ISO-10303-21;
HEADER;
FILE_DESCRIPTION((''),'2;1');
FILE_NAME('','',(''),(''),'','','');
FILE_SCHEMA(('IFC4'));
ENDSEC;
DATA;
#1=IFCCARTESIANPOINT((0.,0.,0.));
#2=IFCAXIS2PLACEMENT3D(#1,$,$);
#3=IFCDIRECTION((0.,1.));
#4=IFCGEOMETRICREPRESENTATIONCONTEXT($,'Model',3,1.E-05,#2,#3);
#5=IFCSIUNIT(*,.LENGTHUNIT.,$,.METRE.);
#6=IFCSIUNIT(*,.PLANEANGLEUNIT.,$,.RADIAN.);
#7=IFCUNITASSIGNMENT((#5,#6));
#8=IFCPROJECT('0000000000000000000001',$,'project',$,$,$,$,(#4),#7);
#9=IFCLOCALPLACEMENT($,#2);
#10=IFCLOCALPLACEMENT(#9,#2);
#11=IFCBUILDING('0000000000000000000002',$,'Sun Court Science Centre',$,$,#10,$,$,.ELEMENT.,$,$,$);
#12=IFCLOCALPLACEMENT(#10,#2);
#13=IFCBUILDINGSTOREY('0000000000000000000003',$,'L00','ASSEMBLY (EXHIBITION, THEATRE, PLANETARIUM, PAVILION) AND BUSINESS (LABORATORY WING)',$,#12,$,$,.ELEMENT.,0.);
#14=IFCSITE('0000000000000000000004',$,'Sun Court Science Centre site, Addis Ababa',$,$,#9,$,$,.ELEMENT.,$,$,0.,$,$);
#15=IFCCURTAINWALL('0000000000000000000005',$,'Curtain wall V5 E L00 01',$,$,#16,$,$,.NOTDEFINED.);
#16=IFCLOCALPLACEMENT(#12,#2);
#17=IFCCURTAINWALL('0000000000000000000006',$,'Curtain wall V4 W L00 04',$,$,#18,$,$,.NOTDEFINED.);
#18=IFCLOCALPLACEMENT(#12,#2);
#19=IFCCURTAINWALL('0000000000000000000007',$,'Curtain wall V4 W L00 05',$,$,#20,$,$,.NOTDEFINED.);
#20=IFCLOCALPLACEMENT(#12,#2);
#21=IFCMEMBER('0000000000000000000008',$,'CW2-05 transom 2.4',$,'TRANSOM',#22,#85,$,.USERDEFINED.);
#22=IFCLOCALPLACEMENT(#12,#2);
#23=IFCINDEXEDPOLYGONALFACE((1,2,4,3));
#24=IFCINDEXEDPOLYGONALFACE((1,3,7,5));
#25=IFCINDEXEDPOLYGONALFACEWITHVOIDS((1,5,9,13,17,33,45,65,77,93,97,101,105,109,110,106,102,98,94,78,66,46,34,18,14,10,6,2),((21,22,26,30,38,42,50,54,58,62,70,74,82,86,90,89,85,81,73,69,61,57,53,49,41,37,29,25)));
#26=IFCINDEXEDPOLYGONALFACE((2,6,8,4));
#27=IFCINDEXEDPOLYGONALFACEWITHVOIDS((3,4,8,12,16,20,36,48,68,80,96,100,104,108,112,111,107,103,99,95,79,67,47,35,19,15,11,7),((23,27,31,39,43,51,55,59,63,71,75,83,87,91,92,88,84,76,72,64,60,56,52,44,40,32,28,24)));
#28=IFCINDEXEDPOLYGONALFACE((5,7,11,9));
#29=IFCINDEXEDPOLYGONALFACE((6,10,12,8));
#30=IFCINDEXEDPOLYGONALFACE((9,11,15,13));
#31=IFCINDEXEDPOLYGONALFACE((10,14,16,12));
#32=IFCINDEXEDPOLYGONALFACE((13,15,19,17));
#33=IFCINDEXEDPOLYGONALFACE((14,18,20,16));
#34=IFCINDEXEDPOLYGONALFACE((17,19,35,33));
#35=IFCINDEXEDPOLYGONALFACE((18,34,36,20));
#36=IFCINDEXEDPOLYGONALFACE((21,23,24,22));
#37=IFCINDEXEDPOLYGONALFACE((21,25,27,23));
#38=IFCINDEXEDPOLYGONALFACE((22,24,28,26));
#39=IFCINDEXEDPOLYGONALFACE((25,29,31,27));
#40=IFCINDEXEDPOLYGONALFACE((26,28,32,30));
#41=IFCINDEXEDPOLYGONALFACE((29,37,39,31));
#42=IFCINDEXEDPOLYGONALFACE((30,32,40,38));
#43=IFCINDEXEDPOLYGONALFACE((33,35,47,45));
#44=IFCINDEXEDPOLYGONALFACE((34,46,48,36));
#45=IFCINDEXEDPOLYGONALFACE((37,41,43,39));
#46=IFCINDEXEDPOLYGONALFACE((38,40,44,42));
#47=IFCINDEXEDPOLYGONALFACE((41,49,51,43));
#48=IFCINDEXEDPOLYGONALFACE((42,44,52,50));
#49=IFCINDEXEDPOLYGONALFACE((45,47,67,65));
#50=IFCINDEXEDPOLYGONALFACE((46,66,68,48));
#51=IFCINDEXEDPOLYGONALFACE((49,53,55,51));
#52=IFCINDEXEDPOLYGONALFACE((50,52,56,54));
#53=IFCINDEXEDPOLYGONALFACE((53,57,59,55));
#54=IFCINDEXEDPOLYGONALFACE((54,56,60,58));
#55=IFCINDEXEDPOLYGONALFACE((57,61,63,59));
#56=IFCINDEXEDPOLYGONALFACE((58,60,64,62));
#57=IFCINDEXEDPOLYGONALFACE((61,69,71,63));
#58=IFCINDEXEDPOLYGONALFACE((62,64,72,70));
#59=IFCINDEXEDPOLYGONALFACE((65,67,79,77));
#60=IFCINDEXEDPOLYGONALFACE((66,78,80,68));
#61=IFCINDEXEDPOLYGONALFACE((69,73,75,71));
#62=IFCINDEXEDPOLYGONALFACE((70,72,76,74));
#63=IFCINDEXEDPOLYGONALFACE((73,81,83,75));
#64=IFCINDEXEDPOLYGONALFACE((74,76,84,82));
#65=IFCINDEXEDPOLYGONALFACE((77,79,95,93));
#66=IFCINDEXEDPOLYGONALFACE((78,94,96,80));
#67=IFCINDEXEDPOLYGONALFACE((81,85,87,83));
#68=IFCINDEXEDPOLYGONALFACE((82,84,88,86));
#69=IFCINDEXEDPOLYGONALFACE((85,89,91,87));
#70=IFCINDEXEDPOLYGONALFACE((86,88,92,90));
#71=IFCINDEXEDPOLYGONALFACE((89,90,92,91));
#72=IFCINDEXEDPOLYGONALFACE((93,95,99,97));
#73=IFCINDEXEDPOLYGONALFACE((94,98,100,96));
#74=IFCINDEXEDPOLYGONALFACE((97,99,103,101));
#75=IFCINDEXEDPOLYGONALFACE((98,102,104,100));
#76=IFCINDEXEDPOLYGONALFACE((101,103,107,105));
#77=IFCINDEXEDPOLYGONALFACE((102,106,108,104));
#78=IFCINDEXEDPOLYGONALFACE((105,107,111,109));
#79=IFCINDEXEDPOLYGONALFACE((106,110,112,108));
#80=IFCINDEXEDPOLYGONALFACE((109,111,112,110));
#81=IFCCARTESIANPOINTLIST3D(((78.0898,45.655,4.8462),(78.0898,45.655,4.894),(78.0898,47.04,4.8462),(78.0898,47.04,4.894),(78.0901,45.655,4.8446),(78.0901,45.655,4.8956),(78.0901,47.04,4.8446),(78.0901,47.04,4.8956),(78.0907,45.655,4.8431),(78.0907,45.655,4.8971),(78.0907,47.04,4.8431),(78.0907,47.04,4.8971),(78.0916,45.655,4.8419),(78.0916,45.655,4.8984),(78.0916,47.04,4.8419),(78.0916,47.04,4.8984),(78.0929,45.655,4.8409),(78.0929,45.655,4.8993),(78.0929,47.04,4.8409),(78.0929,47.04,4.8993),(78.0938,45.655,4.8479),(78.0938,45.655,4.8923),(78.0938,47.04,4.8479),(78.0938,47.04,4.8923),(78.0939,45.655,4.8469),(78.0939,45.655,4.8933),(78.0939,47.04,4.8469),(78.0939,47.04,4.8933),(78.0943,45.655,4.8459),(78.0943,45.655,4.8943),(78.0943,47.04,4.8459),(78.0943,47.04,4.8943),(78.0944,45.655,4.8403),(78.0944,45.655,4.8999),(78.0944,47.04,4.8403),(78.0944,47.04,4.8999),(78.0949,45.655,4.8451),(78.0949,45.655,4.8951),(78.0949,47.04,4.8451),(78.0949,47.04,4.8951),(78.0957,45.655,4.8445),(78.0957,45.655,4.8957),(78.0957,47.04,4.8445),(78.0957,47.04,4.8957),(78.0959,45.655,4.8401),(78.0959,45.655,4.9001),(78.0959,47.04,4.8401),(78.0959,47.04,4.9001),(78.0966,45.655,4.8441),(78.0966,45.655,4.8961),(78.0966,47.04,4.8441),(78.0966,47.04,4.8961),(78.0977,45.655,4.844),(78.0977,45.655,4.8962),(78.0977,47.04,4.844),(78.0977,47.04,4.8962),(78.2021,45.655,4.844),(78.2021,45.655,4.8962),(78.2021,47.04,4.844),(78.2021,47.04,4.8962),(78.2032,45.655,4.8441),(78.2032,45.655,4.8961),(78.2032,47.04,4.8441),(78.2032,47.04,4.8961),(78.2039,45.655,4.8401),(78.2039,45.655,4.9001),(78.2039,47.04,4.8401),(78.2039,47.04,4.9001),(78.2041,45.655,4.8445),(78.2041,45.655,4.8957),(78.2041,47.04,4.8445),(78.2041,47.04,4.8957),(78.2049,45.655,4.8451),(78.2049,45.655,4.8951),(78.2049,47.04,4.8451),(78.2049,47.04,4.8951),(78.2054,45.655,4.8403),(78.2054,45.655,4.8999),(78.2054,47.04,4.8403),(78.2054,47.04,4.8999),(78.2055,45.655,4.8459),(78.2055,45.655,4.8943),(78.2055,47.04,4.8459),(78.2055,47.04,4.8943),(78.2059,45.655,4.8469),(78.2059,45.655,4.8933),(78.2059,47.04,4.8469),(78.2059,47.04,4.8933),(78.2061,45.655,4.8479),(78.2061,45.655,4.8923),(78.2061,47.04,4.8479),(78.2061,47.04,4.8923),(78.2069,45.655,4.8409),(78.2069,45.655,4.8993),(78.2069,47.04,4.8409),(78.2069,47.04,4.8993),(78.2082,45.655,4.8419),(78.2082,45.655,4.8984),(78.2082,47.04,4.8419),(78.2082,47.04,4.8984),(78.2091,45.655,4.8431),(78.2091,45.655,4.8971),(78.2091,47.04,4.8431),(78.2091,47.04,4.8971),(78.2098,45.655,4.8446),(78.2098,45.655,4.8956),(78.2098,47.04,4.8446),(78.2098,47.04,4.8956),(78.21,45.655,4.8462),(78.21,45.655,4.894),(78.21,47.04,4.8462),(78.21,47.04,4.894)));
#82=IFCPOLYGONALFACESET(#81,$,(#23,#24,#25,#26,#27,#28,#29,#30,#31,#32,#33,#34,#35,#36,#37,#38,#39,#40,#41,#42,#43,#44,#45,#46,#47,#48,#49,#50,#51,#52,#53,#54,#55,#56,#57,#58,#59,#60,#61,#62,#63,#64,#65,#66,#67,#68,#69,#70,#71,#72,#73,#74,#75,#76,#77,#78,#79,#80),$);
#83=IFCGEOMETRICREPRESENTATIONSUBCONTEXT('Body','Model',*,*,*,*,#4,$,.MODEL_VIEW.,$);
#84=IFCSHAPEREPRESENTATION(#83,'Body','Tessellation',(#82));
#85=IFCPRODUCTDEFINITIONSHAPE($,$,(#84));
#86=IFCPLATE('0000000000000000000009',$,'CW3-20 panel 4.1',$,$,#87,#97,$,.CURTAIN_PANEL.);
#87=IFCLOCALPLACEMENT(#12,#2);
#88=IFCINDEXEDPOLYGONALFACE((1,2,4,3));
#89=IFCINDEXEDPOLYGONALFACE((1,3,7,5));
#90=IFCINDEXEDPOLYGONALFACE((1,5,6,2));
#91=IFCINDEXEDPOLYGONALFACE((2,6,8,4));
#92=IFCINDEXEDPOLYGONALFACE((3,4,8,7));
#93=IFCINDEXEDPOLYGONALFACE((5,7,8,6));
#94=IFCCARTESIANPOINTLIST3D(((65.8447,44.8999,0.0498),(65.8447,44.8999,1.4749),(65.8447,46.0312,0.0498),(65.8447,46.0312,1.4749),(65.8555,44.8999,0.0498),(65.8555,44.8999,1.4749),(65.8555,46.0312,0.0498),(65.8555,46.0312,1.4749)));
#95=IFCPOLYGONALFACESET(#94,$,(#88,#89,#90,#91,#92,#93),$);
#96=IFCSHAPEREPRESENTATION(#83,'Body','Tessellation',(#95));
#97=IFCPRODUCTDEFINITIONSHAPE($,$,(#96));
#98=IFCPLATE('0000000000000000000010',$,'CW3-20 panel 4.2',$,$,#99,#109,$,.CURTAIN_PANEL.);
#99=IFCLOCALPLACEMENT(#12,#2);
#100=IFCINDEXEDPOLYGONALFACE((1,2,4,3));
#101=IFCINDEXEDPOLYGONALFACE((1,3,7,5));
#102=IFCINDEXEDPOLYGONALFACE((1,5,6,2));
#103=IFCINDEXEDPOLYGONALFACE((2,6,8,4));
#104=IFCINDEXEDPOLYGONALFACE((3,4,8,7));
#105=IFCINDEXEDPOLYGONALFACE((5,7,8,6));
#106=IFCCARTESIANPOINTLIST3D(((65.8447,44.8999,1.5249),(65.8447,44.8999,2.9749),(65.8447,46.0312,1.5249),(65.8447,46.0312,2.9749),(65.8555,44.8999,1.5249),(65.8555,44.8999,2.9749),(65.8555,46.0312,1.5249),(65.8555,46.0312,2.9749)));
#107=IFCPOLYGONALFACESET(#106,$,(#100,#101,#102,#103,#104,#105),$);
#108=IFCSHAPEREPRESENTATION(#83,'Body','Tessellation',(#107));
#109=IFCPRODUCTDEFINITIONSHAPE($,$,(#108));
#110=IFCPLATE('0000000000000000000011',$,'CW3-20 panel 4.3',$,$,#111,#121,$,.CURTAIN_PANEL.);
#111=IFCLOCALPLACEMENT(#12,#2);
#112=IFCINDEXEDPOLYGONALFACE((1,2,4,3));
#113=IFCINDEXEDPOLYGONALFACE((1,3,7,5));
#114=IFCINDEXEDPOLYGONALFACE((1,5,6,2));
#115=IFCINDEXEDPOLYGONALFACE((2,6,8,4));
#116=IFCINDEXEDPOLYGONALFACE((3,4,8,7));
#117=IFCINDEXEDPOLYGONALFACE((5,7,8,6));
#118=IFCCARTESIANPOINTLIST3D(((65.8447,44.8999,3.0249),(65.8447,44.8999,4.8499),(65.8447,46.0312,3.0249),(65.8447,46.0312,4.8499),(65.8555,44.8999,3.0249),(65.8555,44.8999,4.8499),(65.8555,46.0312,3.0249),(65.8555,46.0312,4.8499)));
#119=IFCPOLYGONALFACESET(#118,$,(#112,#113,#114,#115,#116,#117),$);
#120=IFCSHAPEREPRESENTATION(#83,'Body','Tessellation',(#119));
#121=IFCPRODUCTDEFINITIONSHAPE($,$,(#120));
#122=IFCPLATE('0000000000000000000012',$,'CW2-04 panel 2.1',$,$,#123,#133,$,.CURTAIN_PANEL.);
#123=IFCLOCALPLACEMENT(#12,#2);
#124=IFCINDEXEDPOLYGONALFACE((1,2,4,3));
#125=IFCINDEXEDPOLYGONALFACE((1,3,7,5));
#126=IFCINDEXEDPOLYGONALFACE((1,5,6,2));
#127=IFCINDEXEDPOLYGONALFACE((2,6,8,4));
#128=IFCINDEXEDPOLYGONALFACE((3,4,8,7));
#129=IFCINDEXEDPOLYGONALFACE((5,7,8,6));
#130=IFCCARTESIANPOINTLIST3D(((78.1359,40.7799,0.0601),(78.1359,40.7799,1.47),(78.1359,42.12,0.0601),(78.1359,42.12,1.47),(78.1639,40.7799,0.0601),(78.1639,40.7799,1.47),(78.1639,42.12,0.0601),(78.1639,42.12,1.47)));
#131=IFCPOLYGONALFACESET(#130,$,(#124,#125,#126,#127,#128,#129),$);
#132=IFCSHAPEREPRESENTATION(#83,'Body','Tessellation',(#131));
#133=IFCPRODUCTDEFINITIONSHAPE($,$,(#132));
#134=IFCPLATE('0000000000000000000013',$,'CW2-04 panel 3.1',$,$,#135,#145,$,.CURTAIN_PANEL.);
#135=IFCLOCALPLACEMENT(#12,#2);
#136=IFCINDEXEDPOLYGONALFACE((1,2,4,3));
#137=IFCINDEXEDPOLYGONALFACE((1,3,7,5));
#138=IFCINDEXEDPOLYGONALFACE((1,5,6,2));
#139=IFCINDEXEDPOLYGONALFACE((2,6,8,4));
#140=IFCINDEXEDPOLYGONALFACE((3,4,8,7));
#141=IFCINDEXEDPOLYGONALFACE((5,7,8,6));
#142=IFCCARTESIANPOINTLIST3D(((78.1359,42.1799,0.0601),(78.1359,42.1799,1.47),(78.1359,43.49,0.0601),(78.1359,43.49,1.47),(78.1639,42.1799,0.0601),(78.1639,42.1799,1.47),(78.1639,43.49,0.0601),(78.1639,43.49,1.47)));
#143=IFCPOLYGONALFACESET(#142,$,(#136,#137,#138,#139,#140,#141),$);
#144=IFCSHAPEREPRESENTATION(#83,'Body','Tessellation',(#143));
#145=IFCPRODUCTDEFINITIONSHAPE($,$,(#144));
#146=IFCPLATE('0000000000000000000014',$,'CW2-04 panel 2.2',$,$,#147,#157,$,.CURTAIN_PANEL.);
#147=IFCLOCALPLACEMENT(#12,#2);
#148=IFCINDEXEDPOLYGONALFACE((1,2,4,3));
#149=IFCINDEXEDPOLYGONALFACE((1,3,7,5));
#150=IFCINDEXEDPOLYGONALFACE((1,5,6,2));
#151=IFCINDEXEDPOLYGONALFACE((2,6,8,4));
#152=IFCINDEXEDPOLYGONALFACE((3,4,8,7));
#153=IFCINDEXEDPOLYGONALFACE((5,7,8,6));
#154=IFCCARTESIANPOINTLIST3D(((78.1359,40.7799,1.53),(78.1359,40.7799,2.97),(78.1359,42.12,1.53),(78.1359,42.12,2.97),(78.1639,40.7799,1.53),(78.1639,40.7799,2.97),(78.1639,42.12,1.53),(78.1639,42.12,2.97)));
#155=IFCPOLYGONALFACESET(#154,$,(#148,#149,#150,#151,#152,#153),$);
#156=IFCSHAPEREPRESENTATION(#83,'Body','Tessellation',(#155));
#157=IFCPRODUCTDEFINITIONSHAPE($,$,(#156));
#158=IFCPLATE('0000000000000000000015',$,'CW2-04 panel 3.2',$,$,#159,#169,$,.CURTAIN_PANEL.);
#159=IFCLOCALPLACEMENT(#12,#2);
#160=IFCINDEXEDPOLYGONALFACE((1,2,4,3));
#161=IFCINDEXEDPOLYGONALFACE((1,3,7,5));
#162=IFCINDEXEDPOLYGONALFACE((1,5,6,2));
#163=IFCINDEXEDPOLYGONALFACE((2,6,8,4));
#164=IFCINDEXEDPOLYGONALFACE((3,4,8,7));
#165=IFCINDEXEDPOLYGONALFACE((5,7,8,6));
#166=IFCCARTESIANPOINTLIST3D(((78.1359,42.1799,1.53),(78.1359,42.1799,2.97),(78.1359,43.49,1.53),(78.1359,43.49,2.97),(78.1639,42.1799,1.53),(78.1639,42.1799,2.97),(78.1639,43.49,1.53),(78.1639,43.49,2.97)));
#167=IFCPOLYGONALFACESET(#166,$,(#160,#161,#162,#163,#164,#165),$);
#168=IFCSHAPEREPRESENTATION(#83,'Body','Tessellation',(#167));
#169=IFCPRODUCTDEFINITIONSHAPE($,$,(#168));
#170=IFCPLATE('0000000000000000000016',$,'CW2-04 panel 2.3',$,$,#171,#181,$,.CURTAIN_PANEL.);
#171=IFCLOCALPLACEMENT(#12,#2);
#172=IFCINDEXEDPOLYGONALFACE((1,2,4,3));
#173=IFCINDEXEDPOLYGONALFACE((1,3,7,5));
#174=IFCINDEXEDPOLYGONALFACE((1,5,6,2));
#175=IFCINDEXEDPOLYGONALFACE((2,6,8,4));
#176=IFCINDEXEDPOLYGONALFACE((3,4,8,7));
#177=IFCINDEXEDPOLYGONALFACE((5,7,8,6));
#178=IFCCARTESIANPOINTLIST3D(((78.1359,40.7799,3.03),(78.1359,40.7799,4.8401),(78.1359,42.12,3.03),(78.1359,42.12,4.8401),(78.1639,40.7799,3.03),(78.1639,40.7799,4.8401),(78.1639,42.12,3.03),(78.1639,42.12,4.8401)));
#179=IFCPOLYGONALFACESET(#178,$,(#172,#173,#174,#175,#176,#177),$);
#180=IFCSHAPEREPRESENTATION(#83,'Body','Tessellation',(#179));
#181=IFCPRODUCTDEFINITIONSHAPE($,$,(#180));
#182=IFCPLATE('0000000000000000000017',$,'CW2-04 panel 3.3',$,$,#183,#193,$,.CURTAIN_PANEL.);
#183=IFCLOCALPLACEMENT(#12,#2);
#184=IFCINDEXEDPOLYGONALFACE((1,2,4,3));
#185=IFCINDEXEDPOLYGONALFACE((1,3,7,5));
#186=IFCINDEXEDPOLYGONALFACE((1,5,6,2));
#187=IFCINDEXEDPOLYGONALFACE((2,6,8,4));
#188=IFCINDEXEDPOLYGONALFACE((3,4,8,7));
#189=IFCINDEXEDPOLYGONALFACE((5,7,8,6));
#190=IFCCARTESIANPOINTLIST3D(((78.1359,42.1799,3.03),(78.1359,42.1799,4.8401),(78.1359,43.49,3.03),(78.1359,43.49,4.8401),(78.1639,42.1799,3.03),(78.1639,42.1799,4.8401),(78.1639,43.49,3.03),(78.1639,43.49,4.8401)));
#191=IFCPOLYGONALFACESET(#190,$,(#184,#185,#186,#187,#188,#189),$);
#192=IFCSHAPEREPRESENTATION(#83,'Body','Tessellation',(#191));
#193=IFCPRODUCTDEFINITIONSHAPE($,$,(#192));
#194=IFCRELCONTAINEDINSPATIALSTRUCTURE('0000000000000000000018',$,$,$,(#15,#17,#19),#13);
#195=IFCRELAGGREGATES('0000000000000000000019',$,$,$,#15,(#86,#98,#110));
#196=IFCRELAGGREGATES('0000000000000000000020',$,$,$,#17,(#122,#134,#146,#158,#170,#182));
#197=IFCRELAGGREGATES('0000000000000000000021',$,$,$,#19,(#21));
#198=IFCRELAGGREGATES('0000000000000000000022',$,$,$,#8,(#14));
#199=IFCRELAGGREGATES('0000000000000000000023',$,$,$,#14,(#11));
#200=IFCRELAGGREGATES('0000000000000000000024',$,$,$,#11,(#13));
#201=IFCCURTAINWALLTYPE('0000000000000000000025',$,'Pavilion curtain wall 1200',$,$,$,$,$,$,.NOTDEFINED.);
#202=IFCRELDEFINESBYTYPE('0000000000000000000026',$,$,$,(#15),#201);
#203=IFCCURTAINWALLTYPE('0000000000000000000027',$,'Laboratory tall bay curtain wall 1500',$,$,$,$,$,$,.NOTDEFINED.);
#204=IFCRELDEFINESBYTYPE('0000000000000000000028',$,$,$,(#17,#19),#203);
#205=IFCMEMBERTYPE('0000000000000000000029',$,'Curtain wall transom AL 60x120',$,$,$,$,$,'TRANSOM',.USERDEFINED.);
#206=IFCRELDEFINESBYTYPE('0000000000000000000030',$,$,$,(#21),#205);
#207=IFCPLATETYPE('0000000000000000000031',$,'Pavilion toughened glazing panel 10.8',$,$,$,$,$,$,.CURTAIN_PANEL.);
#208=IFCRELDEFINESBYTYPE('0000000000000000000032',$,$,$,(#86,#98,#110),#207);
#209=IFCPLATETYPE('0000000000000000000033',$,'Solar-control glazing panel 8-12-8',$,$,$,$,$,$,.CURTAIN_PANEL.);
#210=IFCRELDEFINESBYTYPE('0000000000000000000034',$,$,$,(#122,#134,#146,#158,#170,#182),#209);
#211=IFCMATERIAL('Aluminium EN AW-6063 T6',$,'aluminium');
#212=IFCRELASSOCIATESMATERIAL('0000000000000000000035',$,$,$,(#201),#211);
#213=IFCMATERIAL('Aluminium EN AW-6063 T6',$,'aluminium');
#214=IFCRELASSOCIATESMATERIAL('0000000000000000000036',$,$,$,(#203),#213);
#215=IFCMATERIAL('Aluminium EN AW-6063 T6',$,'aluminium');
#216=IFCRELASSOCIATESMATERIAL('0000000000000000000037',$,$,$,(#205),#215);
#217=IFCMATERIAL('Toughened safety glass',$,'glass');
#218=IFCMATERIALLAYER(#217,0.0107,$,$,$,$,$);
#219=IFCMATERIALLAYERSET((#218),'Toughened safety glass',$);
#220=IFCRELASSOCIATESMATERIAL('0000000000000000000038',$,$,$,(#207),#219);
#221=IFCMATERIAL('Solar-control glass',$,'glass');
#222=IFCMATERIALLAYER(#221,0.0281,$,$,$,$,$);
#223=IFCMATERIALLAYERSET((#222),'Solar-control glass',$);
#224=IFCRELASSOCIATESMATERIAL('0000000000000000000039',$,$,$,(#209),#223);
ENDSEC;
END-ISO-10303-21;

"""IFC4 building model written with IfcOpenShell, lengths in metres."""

from ifc_helpers import new_model, si_unit, direction, frame, origin, origin_2d, place, context, subcontext, project, spatial, rectangle, hollow_rectangle, extrude, material, layer, layer_set, material_profile, profile_set, type_object, element, aggregate, save


model = new_model("IFC4")

# Units and contexts
model_context = context("Model", 3, precision=1e-05, world=origin(), true_north=direction((0.0, 1.0)))
body_context = subcontext(model_context, "Body", "Model", "MODEL_VIEW")
ifc_project = project(units=[si_unit("LENGTHUNIT", "METRE"), si_unit("PLANEANGLEUNIT", "RADIAN")], contexts=[model_context])

# Site, building, storey
site_placement = place(None, origin())
site = spatial("IfcSite", under=ifc_project, at=site_placement, Name="Sun Court Science Centre site, Addis Ababa", CompositionType="ELEMENT", RefElevation=0.0)
building_placement = place(site_placement, origin())
building = spatial("IfcBuilding", under=site, at=building_placement, Name="Sun Court Science Centre", CompositionType="ELEMENT")
storey_placement = place(building_placement, origin())
storey = spatial("IfcBuildingStorey", under=building, at=storey_placement, Name="L00", Description="ASSEMBLY (EXHIBITION, THEATRE, PLANETARIUM, PAVILION) AND BUSINESS (LABORATORY WING)", CompositionType="ELEMENT", Elevation=0.0)

# Curtain wall
ifc_material_1 = material(Name="Aluminium EN AW-6063 T6", Category="aluminium")
curtain_wall_type_1 = type_object("IfcCurtainWallType", Name="Pavilion curtain wall 1200", PredefinedType="NOTDEFINED", material=ifc_material_1)
curtain_wall_1_placement = place(storey_placement, origin())
curtain_wall_1 = element("IfcCurtainWall", 1, at=curtain_wall_1_placement, inside=storey, type_object=curtain_wall_type_1, Name="Curtain wall V5 E L00 01", PredefinedType="NOTDEFINED")

# Curtain walls
ifc_material_2 = material(Name="Aluminium EN AW-6063 T6", Category="aluminium")
curtain_wall_type_2 = type_object("IfcCurtainWallType", Name="Laboratory tall bay curtain wall 1500", PredefinedType="NOTDEFINED", material=ifc_material_2)
curtain_wall_2_placement = place(storey_placement, origin())
curtain_wall_2 = element("IfcCurtainWall", 2, at=curtain_wall_2_placement, inside=storey, type_object=curtain_wall_type_2, Name="Curtain wall V4 W L00 04", PredefinedType="NOTDEFINED")
curtain_wall_3_placement = place(storey_placement, origin())
curtain_wall_3 = element("IfcCurtainWall", 3, at=curtain_wall_3_placement, inside=storey, type_object=curtain_wall_type_2, Name="Curtain wall V4 W L00 05", PredefinedType="NOTDEFINED")

# Member
ifc_material_3 = material(Name="Aluminium EN AW-6063 T6", Category="aluminium")
ifc_material_profile_1 = material_profile(ifc_material_3, hollow_rectangle(XDim=0.0601, YDim=0.1201, WallThickness=0.0039, InnerFilletRadius=0.0039, OuterFilletRadius=0.0061, at=origin_2d()), Name="AL 60x120x4")
ifc_profile_set_1 = profile_set([ifc_material_profile_1], Name="Aluminium EN AW-6063 T6")
member_type_1 = type_object("IfcMemberType", Name="Curtain wall transom AL 60x120", ElementType="TRANSOM", PredefinedType="USERDEFINED", material=ifc_profile_set_1)
member_1_placement = place(storey_placement, frame((78.1499, 45.655, 4.8701), z_axis=(0.0, 1.0, 0.0), x_axis=(0.0, 0.0, 1.0)))
member_1 = element("IfcMember", 4, at=member_1_placement, type_object=member_type_1, Name="CW2-05 transom 2.4", ObjectType="TRANSOM", PredefinedType="USERDEFINED", context=body_context, shape_type="SweptSolid", body=[
    extrude(hollow_rectangle(XDim=0.0601, YDim=0.1201, WallThickness=0.0039, InnerFilletRadius=0.0039, OuterFilletRadius=0.0061, at=origin_2d()), origin(), (0.0, 0.0, 1.0), 1.385),
])

# Plates
ifc_material_4 = material(Name="Toughened safety glass", Category="glass")
ifc_layer_1 = layer(ifc_material_4, 0.0107)
ifc_layer_set_1 = layer_set([ifc_layer_1], Name="Toughened safety glass")
plate_type_1 = type_object("IfcPlateType", Name="Pavilion toughened glazing panel 10.8", PredefinedType="CURTAIN_PANEL", material=ifc_layer_set_1)
plate_1_placement = place(storey_placement, frame((65.8501, 45.4656, 0.0498), z_axis=(0.0, 0.0, 1.0), x_axis=(0.0, -1.0, 0.0)))
plate_1 = element("IfcPlate", 5, at=plate_1_placement, type_object=plate_type_1, Name="CW3-20 panel 4.1", PredefinedType="CURTAIN_PANEL", context=body_context, shape_type="SweptSolid", body=[
    extrude(rectangle(XDim=1.1313, YDim=0.0107, at=origin_2d()), origin(), (0.0, 0.0, 1.0), 1.425),
])
plate_2_placement = place(storey_placement, frame((65.8501, 45.4656, 1.5249), z_axis=(0.0, 0.0, 1.0), x_axis=(0.0, -1.0, 0.0)))
plate_2 = element("IfcPlate", 6, at=plate_2_placement, type_object=plate_type_1, Name="CW3-20 panel 4.2", PredefinedType="CURTAIN_PANEL", context=body_context, shape_type="SweptSolid", body=[
    extrude(rectangle(XDim=1.1313, YDim=0.0107, at=origin_2d()), origin(), (0.0, 0.0, 1.0), 1.45),
])
plate_3_placement = place(storey_placement, frame((65.8501, 45.4656, 3.0249), z_axis=(0.0, 0.0, 1.0), x_axis=(0.0, -1.0, 0.0)))
plate_3 = element("IfcPlate", 7, at=plate_3_placement, type_object=plate_type_1, Name="CW3-20 panel 4.3", PredefinedType="CURTAIN_PANEL", context=body_context, shape_type="SweptSolid", body=[
    extrude(rectangle(XDim=1.1313, YDim=0.0107, at=origin_2d()), origin(), (0.0, 0.0, 1.0), 1.825),
])
aggregate(curtain_wall_1, [plate_1, plate_2, plate_3])
ifc_material_5 = material(Name="Solar-control glass", Category="glass")
ifc_layer_2 = layer(ifc_material_5, 0.0281)
ifc_layer_set_2 = layer_set([ifc_layer_2], Name="Solar-control glass")
plate_type_2 = type_object("IfcPlateType", Name="Solar-control glazing panel 8-12-8", PredefinedType="CURTAIN_PANEL", material=ifc_layer_set_2)
plate_4_placement = place(storey_placement, frame((78.1499, 41.45, 0.0601), z_axis=(0.0, 0.0, 1.0), x_axis=(0.0, 1.0, 0.0)))
plate_4 = element("IfcPlate", 8, at=plate_4_placement, type_object=plate_type_2, Name="CW2-04 panel 2.1", PredefinedType="CURTAIN_PANEL", context=body_context, shape_type="SweptSolid", body=[
    extrude(rectangle(XDim=1.3401, YDim=0.0281, at=origin_2d()), origin(), (0.0, 0.0, 1.0), 1.4099),
])
plate_5_placement = place(storey_placement, frame((78.1499, 42.835, 0.0601), z_axis=(0.0, 0.0, 1.0), x_axis=(0.0, 1.0, 0.0)))
plate_5 = element("IfcPlate", 9, at=plate_5_placement, type_object=plate_type_2, Name="CW2-04 panel 3.1", PredefinedType="CURTAIN_PANEL", context=body_context, shape_type="SweptSolid", body=[
    extrude(rectangle(XDim=1.3101, YDim=0.0281, at=origin_2d()), origin(), (0.0, 0.0, 1.0), 1.4099),
])
plate_6_placement = place(storey_placement, frame((78.1499, 41.45, 1.53), z_axis=(0.0, 0.0, 1.0), x_axis=(0.0, 1.0, 0.0)))
plate_6 = element("IfcPlate", 10, at=plate_6_placement, type_object=plate_type_2, Name="CW2-04 panel 2.2", PredefinedType="CURTAIN_PANEL", context=body_context, shape_type="SweptSolid", body=[
    extrude(rectangle(XDim=1.3401, YDim=0.0281, at=origin_2d()), origin(), (0.0, 0.0, 1.0), 1.4399),
])
plate_7_placement = place(storey_placement, frame((78.1499, 42.835, 1.53), z_axis=(0.0, 0.0, 1.0), x_axis=(0.0, 1.0, 0.0)))
plate_7 = element("IfcPlate", 11, at=plate_7_placement, type_object=plate_type_2, Name="CW2-04 panel 3.2", PredefinedType="CURTAIN_PANEL", context=body_context, shape_type="SweptSolid", body=[
    extrude(rectangle(XDim=1.3101, YDim=0.0281, at=origin_2d()), origin(), (0.0, 0.0, 1.0), 1.4399),
])
plate_8_placement = place(storey_placement, frame((78.1499, 41.45, 3.03), z_axis=(0.0, 0.0, 1.0), x_axis=(0.0, 1.0, 0.0)))
plate_8 = element("IfcPlate", 12, at=plate_8_placement, type_object=plate_type_2, Name="CW2-04 panel 2.3", PredefinedType="CURTAIN_PANEL", context=body_context, shape_type="SweptSolid", body=[
    extrude(rectangle(XDim=1.3401, YDim=0.0281, at=origin_2d()), origin(), (0.0, 0.0, 1.0), 1.8101),
])
plate_9_placement = place(storey_placement, frame((78.1499, 42.835, 3.03), z_axis=(0.0, 0.0, 1.0), x_axis=(0.0, 1.0, 0.0)))
plate_9 = element("IfcPlate", 13, at=plate_9_placement, type_object=plate_type_2, Name="CW2-04 panel 3.3", PredefinedType="CURTAIN_PANEL", context=body_context, shape_type="SweptSolid", body=[
    extrude(rectangle(XDim=1.3101, YDim=0.0281, at=origin_2d()), origin(), (0.0, 0.0, 1.0), 1.8101),
])
aggregate(curtain_wall_2, [plate_4, plate_5, plate_6, plate_7, plate_8, plate_9])
aggregate(curtain_wall_3, [member_1])

save(model, "model.ifc")
